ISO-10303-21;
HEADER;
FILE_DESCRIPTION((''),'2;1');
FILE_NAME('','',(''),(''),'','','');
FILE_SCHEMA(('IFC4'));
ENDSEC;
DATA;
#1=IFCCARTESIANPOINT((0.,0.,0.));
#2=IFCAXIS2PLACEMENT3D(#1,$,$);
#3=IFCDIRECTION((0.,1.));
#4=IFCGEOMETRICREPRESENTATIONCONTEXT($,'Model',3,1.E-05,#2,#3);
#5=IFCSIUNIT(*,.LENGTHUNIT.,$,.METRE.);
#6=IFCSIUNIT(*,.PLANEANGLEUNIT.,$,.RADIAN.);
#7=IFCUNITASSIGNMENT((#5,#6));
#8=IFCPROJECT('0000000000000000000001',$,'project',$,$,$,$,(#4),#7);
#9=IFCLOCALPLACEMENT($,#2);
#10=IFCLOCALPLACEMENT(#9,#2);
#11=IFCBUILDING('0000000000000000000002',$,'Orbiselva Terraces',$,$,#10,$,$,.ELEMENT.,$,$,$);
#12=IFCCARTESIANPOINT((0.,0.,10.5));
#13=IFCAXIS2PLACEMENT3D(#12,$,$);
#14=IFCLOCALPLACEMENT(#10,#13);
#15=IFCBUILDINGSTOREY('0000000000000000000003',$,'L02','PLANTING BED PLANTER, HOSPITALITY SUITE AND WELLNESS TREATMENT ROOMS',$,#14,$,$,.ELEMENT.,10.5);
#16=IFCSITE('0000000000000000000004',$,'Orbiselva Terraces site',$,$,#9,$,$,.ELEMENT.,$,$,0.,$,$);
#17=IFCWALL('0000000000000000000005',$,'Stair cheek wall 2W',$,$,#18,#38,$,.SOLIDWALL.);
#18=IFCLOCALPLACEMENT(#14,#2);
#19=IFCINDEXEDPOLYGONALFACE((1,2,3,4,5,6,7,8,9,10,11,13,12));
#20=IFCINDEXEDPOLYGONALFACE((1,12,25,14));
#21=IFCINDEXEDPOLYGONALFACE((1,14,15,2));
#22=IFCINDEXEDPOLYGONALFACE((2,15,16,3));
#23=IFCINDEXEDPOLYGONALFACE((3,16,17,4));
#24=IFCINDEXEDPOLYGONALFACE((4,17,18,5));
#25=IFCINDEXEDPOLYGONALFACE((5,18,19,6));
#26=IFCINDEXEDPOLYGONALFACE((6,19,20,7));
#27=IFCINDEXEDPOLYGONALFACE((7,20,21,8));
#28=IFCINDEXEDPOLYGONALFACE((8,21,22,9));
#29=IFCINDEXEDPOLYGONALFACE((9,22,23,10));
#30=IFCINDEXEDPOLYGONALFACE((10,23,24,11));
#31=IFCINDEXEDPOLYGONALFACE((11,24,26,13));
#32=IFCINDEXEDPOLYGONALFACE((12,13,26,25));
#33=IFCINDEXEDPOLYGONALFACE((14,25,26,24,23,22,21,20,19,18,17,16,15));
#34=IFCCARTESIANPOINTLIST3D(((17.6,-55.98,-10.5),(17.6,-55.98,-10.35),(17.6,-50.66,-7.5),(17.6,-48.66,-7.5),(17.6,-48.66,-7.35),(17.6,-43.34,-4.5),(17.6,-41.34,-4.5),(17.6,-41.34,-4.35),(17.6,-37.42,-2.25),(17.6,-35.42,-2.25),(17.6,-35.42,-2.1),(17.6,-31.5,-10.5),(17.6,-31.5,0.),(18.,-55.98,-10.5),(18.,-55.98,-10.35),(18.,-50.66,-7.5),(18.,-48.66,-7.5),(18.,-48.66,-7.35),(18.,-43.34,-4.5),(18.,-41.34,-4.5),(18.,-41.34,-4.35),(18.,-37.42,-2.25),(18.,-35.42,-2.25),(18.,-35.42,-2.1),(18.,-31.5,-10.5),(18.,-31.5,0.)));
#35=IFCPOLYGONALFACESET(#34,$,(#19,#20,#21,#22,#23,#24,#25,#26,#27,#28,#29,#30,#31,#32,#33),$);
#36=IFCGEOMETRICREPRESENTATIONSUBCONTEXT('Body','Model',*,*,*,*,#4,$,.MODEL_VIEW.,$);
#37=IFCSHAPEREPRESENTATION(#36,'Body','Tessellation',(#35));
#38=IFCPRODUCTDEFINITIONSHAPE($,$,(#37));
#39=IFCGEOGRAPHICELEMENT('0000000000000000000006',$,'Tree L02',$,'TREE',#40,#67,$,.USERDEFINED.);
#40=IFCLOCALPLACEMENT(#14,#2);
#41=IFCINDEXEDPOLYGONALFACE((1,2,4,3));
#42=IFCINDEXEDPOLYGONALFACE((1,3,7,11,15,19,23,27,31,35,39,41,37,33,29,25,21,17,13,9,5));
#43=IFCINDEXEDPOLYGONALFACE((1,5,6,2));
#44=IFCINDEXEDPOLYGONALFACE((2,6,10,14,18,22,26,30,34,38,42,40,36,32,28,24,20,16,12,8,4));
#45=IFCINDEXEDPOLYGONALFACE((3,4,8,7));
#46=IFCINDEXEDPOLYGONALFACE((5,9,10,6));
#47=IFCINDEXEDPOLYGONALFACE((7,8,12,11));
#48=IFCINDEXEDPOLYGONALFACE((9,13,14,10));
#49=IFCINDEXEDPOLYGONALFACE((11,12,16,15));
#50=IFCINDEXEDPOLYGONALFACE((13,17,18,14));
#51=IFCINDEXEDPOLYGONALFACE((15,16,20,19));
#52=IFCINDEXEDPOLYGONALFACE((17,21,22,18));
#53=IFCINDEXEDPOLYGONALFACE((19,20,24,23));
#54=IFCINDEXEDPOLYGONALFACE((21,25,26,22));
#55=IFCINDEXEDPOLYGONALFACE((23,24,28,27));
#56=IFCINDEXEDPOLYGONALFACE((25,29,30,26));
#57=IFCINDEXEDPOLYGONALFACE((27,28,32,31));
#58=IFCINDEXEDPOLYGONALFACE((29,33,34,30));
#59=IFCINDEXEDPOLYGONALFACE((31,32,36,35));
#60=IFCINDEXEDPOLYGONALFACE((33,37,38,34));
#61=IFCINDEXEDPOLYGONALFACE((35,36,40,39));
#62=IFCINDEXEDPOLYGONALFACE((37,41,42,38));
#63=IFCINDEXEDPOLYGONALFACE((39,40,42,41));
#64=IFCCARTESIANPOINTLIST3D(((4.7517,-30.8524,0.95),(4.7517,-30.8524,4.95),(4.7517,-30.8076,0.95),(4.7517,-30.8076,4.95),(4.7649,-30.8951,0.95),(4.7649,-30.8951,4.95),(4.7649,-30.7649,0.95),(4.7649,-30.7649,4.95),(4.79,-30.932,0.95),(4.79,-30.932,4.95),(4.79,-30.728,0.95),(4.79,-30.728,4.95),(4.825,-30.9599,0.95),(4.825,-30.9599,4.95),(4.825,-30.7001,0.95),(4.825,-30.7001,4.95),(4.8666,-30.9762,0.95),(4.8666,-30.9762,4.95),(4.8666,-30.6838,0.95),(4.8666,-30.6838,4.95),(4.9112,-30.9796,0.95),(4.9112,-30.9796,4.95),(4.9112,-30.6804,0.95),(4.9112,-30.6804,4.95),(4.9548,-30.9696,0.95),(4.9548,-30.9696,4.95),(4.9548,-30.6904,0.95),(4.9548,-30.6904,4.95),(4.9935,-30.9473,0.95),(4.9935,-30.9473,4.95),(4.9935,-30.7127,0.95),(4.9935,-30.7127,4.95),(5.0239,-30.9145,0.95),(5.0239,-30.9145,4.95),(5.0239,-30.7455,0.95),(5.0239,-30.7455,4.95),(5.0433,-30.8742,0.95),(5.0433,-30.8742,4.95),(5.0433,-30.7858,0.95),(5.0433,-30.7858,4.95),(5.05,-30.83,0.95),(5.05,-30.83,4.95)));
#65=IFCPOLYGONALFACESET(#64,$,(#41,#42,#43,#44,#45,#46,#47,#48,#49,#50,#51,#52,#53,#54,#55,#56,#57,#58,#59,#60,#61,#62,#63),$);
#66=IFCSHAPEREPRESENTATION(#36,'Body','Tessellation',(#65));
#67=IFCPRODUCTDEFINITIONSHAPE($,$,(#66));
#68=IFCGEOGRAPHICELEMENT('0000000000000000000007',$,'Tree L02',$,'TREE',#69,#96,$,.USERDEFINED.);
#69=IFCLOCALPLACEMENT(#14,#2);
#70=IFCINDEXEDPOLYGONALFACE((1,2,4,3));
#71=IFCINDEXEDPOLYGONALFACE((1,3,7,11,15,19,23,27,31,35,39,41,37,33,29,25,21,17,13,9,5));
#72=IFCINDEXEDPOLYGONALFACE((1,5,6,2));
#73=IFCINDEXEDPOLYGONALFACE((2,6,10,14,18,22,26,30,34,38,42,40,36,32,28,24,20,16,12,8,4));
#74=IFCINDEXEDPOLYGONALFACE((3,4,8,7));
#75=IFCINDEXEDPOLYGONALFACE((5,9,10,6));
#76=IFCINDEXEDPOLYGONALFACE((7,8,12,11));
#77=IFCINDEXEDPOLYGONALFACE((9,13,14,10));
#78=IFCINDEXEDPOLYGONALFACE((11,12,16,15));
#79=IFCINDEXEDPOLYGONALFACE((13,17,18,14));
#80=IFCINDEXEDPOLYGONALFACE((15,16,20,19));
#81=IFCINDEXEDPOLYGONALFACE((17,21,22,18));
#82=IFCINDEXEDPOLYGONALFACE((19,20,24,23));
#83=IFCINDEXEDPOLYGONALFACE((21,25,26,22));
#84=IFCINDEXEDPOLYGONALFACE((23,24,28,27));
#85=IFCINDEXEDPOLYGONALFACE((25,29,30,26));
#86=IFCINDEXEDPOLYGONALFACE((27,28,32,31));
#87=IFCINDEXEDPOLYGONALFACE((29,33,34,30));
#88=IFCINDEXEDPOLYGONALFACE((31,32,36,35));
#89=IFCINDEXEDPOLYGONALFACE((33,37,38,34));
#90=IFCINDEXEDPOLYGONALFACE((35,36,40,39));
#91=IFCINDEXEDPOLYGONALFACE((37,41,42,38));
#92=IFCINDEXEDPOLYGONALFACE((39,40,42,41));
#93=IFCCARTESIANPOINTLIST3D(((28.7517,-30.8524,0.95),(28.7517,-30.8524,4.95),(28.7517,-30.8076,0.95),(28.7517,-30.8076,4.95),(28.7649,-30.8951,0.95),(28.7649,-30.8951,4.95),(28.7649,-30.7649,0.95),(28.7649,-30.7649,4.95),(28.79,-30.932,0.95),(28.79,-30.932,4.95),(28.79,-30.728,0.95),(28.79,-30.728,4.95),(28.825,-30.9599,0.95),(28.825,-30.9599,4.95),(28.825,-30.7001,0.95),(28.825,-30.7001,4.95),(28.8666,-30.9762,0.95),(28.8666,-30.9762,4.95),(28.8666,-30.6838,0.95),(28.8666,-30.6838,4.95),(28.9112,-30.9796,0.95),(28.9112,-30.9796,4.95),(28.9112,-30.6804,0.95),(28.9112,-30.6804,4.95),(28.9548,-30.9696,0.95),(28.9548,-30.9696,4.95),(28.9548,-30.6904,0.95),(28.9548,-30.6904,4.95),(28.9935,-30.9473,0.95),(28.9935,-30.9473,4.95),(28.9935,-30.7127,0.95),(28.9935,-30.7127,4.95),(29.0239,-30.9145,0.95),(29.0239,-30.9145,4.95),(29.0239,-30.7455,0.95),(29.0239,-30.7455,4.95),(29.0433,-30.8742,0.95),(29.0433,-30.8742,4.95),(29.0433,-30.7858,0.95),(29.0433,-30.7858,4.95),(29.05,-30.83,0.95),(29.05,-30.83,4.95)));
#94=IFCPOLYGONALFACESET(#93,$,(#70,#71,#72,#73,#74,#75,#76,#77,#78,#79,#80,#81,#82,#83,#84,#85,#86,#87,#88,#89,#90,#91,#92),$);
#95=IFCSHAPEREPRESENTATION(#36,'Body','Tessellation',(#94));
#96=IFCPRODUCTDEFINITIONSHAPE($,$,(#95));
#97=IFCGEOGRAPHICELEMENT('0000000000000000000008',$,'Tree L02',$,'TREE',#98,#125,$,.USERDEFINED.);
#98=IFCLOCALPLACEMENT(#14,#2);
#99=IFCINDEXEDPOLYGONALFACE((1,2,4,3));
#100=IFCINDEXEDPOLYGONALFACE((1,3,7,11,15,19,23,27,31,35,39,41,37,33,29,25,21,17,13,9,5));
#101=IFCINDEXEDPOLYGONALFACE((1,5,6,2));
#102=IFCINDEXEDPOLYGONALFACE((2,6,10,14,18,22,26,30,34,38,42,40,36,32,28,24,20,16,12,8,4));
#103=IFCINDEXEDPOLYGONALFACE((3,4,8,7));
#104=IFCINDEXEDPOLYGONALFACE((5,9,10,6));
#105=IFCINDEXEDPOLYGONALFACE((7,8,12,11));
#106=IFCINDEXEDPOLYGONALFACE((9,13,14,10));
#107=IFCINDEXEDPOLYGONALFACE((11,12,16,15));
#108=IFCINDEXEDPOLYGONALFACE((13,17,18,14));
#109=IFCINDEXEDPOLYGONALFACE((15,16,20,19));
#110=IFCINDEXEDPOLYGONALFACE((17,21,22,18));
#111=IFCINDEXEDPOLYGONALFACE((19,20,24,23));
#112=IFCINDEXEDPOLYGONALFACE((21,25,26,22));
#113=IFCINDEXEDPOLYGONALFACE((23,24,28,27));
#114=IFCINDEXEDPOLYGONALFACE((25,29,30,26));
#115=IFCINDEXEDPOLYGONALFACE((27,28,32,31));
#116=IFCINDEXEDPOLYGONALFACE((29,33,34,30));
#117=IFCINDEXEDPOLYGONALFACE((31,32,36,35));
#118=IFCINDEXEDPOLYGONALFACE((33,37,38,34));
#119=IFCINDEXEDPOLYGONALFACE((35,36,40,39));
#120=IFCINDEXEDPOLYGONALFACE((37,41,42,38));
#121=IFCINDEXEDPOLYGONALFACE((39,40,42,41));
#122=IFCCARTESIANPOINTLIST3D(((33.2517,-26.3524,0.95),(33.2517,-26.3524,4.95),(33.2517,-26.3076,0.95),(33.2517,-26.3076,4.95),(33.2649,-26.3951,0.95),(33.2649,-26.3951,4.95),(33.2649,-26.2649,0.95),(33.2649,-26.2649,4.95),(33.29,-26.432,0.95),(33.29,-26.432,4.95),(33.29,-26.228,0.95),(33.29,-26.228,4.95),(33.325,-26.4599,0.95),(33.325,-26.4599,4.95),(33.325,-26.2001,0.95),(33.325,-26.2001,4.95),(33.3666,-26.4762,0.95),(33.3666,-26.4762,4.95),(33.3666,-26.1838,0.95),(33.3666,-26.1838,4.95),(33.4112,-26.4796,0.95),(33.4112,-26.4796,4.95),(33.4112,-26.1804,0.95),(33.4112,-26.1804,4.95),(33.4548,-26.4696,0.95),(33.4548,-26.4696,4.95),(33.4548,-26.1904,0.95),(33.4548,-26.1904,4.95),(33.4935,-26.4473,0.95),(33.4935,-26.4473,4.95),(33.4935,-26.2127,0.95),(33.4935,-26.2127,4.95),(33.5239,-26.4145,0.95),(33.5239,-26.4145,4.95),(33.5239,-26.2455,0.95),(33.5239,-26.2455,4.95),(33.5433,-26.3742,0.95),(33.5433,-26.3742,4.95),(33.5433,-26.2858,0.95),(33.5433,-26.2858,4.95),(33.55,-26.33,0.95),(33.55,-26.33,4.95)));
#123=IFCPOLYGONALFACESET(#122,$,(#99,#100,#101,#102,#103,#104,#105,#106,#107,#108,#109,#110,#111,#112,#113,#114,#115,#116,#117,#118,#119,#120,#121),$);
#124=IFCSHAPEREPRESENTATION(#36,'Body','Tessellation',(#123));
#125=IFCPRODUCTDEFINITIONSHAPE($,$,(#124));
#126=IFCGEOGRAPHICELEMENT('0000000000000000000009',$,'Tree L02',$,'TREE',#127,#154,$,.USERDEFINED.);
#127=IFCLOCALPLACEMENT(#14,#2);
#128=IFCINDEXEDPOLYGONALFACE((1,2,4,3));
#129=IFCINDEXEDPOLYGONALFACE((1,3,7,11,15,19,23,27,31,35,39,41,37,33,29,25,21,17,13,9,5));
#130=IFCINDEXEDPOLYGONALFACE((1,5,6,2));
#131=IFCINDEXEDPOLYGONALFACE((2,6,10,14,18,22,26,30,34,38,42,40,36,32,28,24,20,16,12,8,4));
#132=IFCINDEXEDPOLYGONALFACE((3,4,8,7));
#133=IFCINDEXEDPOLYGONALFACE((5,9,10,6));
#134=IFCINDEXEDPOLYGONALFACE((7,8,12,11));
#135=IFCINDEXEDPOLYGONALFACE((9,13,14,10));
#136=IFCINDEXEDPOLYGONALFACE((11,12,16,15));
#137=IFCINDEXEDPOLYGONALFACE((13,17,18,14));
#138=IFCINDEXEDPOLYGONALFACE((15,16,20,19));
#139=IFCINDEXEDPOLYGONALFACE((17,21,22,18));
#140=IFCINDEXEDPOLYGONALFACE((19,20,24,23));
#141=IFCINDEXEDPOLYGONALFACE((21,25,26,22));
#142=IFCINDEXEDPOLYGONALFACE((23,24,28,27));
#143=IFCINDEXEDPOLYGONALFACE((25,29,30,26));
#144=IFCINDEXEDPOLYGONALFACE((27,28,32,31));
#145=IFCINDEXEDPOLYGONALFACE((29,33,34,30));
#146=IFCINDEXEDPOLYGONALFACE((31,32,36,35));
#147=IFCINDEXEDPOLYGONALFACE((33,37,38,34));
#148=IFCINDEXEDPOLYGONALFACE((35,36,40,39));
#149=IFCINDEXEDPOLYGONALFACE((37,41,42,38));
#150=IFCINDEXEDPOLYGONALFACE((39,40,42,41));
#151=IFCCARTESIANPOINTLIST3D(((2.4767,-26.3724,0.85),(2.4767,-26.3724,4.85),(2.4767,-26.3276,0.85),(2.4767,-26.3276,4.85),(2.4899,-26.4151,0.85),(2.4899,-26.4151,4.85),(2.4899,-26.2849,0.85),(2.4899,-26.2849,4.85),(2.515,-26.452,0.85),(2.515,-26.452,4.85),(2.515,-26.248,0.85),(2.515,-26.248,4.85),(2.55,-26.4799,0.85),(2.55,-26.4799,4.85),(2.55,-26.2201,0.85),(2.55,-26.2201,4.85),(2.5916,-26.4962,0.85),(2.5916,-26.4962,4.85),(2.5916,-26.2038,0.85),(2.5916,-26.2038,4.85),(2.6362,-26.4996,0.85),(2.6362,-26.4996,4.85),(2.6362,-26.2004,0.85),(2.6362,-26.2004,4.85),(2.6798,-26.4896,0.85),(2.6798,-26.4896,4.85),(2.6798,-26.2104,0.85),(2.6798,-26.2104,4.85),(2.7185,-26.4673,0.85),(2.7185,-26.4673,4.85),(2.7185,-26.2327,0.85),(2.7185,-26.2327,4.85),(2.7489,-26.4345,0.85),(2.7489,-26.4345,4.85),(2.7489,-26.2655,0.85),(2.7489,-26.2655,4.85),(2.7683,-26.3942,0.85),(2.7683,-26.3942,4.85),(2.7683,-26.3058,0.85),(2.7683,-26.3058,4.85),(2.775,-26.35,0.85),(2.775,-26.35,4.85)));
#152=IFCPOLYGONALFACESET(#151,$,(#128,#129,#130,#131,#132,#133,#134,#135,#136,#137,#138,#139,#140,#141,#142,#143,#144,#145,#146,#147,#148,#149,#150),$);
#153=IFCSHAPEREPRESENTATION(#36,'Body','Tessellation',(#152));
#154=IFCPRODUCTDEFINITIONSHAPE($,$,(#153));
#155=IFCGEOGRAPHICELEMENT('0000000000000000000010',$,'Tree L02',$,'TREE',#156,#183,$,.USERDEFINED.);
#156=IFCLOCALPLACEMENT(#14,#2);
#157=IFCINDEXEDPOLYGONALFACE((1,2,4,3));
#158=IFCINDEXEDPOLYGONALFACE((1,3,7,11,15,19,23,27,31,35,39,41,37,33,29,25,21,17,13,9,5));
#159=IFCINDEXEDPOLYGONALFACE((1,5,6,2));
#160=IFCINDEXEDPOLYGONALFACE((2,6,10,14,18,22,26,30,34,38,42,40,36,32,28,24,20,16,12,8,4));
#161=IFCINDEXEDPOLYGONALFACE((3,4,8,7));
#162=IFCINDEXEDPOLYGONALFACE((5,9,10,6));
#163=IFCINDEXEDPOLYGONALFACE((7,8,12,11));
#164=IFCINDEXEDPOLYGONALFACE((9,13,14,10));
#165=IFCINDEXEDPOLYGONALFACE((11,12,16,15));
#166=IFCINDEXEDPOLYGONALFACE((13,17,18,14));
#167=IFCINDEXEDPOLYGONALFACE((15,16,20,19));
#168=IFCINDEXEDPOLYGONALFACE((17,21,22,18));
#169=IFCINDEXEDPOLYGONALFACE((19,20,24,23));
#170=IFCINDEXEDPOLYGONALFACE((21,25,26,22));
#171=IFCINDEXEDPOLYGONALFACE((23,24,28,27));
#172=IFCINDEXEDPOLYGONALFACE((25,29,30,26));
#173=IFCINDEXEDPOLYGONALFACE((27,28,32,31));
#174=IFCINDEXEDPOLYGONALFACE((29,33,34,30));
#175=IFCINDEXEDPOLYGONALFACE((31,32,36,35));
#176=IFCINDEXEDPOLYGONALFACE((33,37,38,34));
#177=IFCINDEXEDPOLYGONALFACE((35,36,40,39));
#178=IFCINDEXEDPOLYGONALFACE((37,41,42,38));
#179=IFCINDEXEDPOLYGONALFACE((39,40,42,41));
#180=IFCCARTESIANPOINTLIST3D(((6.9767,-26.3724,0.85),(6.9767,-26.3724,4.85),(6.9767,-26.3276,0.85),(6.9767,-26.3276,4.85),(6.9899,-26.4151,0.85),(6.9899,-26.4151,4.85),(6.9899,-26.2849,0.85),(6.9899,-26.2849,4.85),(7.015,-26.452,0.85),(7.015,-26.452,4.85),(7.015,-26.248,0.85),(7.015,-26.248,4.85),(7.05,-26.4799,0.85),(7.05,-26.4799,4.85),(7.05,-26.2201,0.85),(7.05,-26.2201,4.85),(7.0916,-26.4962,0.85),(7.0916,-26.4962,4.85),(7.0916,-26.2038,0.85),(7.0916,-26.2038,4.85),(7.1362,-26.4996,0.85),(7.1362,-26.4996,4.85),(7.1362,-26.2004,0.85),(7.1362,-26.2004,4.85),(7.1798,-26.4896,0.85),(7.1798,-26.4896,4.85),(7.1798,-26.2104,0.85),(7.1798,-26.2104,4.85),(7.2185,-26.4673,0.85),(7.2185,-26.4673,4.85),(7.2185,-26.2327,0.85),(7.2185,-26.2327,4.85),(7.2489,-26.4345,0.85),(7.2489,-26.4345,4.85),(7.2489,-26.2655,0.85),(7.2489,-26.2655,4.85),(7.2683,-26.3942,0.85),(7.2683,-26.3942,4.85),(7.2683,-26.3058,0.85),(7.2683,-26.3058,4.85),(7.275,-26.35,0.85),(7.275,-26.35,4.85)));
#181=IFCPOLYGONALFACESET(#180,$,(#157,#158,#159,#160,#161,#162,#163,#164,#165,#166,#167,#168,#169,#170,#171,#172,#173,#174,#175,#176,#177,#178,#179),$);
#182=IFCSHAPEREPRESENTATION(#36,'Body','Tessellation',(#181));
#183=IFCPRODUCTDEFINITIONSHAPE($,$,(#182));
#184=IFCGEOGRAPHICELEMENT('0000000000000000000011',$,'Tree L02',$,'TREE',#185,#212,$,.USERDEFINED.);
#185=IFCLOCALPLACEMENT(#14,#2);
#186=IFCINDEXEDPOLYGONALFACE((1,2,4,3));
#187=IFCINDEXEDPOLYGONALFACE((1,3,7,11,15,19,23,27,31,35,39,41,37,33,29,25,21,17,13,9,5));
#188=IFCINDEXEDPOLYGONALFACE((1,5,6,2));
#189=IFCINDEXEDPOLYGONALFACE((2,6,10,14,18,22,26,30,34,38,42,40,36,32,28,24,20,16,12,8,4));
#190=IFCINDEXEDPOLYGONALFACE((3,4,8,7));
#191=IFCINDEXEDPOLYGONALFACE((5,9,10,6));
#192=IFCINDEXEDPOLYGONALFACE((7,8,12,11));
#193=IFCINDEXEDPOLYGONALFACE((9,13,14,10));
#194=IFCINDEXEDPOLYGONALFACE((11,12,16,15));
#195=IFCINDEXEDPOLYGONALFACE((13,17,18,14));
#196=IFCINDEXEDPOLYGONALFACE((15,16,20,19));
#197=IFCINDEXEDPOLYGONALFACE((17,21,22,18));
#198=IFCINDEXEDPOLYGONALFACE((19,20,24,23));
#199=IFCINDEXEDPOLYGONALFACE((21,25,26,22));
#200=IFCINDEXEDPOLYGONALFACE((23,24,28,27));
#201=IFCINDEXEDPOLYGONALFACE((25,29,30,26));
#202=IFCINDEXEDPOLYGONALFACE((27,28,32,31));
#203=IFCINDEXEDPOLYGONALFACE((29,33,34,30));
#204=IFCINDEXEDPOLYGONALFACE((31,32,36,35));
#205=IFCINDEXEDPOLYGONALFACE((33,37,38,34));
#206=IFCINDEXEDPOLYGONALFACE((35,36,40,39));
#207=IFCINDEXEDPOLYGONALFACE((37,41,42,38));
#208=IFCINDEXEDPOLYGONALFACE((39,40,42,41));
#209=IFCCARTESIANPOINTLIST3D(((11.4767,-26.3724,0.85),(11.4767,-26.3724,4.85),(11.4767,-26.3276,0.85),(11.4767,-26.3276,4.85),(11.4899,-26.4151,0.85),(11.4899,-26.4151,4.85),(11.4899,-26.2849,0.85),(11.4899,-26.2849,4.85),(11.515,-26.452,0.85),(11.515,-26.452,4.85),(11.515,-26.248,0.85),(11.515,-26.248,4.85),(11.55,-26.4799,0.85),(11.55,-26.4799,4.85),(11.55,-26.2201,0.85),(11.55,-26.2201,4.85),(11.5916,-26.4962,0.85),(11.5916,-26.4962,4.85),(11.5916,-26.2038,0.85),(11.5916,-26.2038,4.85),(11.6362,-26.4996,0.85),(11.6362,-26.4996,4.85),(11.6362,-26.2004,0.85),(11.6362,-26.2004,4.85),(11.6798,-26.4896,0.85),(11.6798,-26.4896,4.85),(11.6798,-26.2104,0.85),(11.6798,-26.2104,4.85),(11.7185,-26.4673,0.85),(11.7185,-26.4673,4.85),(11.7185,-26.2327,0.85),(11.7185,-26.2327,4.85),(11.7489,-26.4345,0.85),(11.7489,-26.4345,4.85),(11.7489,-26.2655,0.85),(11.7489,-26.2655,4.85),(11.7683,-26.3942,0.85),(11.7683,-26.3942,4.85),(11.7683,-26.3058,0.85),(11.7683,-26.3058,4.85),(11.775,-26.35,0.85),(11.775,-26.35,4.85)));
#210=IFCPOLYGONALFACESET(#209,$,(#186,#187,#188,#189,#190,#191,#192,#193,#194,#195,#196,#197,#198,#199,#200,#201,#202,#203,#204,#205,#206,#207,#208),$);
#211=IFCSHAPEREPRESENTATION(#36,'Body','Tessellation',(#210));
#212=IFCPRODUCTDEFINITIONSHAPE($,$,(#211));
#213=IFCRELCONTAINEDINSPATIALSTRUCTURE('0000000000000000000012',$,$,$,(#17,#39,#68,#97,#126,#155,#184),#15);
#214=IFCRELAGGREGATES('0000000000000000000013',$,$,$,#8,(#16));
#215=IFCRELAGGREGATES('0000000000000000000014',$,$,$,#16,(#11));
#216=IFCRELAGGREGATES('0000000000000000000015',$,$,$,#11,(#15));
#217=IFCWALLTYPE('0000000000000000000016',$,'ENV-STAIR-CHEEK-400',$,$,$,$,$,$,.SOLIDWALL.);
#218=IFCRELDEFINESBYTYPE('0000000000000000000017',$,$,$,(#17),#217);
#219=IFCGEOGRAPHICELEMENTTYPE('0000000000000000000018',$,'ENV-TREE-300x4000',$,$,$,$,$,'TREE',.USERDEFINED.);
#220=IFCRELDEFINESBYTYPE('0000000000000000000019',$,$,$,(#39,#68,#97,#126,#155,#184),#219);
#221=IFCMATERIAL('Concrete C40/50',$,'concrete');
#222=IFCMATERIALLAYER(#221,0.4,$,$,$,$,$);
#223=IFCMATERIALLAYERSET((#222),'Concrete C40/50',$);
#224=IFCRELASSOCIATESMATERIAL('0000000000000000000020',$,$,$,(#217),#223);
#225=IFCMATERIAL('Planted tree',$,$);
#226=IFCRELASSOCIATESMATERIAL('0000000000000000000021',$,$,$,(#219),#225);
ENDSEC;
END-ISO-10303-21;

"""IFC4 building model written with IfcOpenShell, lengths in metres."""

from ifc_helpers import new_model, si_unit, direction, frame, origin, origin_2d, place, context, subcontext, project, spatial, polyline, circle, outline, extrude, material, layer, layer_set, type_object, element, save


model = new_model("IFC4")

# Units and contexts
model_context = context("Model", 3, precision=1e-05, world=origin(), true_north=direction((0.0, 1.0)))
body_context = subcontext(model_context, "Body", "Model", "MODEL_VIEW")
ifc_project = project(units=[si_unit("LENGTHUNIT", "METRE"), si_unit("PLANEANGLEUNIT", "RADIAN")], contexts=[model_context])

# Site, building, storey
site_placement = place(None, origin())
site = spatial("IfcSite", under=ifc_project, at=site_placement, Name="Orbiselva Terraces site", CompositionType="ELEMENT", RefElevation=0.0)
building_placement = place(site_placement, origin())
building = spatial("IfcBuilding", under=site, at=building_placement, Name="Orbiselva Terraces", CompositionType="ELEMENT")
storey_placement = place(building_placement, frame((0.0, 0.0, 10.5)))
storey = spatial("IfcBuildingStorey", under=building, at=storey_placement, Name="L02", Description="PLANTING BED PLANTER, HOSPITALITY SUITE AND WELLNESS TREATMENT ROOMS", CompositionType="ELEMENT", Elevation=10.5)

# Wall
ifc_material_1 = material(Name="Concrete C40/50", Category="concrete")
ifc_layer_1 = layer(ifc_material_1, 0.4)
ifc_layer_set_1 = layer_set([ifc_layer_1], Name="Concrete C40/50")
wall_type_1 = type_object("IfcWallType", Name="ENV-STAIR-CHEEK-400", PredefinedType="SOLIDWALL", material=ifc_layer_set_1)
wall_1_placement = place(storey_placement, frame((17.8, -55.98, -10.5), z_axis=(0.0, 0.0, 1.0), x_axis=(0.0, 1.0, 0.0)))
element("IfcWall", 1, at=wall_1_placement, inside=storey, type_object=wall_type_1, Name="Stair cheek wall 2W", PredefinedType="SOLIDWALL", context=body_context, shape_type="SweptSolid", body=[
    extrude(outline(polyline([(0.0, 0.0), (24.48, 0.0), (24.48, 10.5), (20.56, 8.4), (20.56, 8.25), (18.56, 8.25), (14.64, 6.15), (14.64, 6.0), (12.64, 6.0), (7.32, 3.15), (7.32, 3.0), (5.32, 3.0), (0.0, 0.15), (0.0, 0.0), (0.0, 0.0)])), frame((0.0, 0.2, 0.0), z_axis=(0.0, -1.0, 0.0), x_axis=(1.0, 0.0, 0.0)), (0.0, 0.0, 1.0), 0.4),
])

# Geographic elements
ifc_material_2 = material(Name="Planted tree")
geographic_element_type = type_object("IfcGeographicElementType", Name="ENV-TREE-300x4000", ElementType="TREE", PredefinedType="USERDEFINED", material=ifc_material_2)
for number, where, z_axis, x_axis, name in (
    (2, (4.9, -30.83, 4.95), (0.0, 0.0, -1.0), (1.0, 0.0, 0.0), "Tree L02"),
    (3, (28.9, -30.83, 4.95), (0.0, 0.0, -1.0), (1.0, 0.0, 0.0), "Tree L02"),
    (4, (33.4, -26.33, 4.95), (0.0, 0.0, -1.0), (1.0, 0.0, 0.0), "Tree L02"),
    (5, (2.625, -26.35, 4.85), (0.0, 0.0, -1.0), (1.0, 0.0, 0.0), "Tree L02"),
    (6, (7.125, -26.35, 4.85), (0.0, 0.0, -1.0), (1.0, 0.0, 0.0), "Tree L02"),
    (7, (11.625, -26.35, 4.85), (0.0, 0.0, -1.0), (1.0, 0.0, 0.0), "Tree L02"),
):
    element("IfcGeographicElement", number, at=place(storey_placement, frame(where, z_axis=z_axis, x_axis=x_axis)), inside=storey, type_object=geographic_element_type, Name=name, ObjectType="TREE", PredefinedType="USERDEFINED", context=body_context, shape_type="SweptSolid", body=[
        extrude(circle(Radius=0.15, at=origin_2d()), origin(), (0.0, 0.0, 1.0), 4.0),
    ])

save(model, "model.ifc")
